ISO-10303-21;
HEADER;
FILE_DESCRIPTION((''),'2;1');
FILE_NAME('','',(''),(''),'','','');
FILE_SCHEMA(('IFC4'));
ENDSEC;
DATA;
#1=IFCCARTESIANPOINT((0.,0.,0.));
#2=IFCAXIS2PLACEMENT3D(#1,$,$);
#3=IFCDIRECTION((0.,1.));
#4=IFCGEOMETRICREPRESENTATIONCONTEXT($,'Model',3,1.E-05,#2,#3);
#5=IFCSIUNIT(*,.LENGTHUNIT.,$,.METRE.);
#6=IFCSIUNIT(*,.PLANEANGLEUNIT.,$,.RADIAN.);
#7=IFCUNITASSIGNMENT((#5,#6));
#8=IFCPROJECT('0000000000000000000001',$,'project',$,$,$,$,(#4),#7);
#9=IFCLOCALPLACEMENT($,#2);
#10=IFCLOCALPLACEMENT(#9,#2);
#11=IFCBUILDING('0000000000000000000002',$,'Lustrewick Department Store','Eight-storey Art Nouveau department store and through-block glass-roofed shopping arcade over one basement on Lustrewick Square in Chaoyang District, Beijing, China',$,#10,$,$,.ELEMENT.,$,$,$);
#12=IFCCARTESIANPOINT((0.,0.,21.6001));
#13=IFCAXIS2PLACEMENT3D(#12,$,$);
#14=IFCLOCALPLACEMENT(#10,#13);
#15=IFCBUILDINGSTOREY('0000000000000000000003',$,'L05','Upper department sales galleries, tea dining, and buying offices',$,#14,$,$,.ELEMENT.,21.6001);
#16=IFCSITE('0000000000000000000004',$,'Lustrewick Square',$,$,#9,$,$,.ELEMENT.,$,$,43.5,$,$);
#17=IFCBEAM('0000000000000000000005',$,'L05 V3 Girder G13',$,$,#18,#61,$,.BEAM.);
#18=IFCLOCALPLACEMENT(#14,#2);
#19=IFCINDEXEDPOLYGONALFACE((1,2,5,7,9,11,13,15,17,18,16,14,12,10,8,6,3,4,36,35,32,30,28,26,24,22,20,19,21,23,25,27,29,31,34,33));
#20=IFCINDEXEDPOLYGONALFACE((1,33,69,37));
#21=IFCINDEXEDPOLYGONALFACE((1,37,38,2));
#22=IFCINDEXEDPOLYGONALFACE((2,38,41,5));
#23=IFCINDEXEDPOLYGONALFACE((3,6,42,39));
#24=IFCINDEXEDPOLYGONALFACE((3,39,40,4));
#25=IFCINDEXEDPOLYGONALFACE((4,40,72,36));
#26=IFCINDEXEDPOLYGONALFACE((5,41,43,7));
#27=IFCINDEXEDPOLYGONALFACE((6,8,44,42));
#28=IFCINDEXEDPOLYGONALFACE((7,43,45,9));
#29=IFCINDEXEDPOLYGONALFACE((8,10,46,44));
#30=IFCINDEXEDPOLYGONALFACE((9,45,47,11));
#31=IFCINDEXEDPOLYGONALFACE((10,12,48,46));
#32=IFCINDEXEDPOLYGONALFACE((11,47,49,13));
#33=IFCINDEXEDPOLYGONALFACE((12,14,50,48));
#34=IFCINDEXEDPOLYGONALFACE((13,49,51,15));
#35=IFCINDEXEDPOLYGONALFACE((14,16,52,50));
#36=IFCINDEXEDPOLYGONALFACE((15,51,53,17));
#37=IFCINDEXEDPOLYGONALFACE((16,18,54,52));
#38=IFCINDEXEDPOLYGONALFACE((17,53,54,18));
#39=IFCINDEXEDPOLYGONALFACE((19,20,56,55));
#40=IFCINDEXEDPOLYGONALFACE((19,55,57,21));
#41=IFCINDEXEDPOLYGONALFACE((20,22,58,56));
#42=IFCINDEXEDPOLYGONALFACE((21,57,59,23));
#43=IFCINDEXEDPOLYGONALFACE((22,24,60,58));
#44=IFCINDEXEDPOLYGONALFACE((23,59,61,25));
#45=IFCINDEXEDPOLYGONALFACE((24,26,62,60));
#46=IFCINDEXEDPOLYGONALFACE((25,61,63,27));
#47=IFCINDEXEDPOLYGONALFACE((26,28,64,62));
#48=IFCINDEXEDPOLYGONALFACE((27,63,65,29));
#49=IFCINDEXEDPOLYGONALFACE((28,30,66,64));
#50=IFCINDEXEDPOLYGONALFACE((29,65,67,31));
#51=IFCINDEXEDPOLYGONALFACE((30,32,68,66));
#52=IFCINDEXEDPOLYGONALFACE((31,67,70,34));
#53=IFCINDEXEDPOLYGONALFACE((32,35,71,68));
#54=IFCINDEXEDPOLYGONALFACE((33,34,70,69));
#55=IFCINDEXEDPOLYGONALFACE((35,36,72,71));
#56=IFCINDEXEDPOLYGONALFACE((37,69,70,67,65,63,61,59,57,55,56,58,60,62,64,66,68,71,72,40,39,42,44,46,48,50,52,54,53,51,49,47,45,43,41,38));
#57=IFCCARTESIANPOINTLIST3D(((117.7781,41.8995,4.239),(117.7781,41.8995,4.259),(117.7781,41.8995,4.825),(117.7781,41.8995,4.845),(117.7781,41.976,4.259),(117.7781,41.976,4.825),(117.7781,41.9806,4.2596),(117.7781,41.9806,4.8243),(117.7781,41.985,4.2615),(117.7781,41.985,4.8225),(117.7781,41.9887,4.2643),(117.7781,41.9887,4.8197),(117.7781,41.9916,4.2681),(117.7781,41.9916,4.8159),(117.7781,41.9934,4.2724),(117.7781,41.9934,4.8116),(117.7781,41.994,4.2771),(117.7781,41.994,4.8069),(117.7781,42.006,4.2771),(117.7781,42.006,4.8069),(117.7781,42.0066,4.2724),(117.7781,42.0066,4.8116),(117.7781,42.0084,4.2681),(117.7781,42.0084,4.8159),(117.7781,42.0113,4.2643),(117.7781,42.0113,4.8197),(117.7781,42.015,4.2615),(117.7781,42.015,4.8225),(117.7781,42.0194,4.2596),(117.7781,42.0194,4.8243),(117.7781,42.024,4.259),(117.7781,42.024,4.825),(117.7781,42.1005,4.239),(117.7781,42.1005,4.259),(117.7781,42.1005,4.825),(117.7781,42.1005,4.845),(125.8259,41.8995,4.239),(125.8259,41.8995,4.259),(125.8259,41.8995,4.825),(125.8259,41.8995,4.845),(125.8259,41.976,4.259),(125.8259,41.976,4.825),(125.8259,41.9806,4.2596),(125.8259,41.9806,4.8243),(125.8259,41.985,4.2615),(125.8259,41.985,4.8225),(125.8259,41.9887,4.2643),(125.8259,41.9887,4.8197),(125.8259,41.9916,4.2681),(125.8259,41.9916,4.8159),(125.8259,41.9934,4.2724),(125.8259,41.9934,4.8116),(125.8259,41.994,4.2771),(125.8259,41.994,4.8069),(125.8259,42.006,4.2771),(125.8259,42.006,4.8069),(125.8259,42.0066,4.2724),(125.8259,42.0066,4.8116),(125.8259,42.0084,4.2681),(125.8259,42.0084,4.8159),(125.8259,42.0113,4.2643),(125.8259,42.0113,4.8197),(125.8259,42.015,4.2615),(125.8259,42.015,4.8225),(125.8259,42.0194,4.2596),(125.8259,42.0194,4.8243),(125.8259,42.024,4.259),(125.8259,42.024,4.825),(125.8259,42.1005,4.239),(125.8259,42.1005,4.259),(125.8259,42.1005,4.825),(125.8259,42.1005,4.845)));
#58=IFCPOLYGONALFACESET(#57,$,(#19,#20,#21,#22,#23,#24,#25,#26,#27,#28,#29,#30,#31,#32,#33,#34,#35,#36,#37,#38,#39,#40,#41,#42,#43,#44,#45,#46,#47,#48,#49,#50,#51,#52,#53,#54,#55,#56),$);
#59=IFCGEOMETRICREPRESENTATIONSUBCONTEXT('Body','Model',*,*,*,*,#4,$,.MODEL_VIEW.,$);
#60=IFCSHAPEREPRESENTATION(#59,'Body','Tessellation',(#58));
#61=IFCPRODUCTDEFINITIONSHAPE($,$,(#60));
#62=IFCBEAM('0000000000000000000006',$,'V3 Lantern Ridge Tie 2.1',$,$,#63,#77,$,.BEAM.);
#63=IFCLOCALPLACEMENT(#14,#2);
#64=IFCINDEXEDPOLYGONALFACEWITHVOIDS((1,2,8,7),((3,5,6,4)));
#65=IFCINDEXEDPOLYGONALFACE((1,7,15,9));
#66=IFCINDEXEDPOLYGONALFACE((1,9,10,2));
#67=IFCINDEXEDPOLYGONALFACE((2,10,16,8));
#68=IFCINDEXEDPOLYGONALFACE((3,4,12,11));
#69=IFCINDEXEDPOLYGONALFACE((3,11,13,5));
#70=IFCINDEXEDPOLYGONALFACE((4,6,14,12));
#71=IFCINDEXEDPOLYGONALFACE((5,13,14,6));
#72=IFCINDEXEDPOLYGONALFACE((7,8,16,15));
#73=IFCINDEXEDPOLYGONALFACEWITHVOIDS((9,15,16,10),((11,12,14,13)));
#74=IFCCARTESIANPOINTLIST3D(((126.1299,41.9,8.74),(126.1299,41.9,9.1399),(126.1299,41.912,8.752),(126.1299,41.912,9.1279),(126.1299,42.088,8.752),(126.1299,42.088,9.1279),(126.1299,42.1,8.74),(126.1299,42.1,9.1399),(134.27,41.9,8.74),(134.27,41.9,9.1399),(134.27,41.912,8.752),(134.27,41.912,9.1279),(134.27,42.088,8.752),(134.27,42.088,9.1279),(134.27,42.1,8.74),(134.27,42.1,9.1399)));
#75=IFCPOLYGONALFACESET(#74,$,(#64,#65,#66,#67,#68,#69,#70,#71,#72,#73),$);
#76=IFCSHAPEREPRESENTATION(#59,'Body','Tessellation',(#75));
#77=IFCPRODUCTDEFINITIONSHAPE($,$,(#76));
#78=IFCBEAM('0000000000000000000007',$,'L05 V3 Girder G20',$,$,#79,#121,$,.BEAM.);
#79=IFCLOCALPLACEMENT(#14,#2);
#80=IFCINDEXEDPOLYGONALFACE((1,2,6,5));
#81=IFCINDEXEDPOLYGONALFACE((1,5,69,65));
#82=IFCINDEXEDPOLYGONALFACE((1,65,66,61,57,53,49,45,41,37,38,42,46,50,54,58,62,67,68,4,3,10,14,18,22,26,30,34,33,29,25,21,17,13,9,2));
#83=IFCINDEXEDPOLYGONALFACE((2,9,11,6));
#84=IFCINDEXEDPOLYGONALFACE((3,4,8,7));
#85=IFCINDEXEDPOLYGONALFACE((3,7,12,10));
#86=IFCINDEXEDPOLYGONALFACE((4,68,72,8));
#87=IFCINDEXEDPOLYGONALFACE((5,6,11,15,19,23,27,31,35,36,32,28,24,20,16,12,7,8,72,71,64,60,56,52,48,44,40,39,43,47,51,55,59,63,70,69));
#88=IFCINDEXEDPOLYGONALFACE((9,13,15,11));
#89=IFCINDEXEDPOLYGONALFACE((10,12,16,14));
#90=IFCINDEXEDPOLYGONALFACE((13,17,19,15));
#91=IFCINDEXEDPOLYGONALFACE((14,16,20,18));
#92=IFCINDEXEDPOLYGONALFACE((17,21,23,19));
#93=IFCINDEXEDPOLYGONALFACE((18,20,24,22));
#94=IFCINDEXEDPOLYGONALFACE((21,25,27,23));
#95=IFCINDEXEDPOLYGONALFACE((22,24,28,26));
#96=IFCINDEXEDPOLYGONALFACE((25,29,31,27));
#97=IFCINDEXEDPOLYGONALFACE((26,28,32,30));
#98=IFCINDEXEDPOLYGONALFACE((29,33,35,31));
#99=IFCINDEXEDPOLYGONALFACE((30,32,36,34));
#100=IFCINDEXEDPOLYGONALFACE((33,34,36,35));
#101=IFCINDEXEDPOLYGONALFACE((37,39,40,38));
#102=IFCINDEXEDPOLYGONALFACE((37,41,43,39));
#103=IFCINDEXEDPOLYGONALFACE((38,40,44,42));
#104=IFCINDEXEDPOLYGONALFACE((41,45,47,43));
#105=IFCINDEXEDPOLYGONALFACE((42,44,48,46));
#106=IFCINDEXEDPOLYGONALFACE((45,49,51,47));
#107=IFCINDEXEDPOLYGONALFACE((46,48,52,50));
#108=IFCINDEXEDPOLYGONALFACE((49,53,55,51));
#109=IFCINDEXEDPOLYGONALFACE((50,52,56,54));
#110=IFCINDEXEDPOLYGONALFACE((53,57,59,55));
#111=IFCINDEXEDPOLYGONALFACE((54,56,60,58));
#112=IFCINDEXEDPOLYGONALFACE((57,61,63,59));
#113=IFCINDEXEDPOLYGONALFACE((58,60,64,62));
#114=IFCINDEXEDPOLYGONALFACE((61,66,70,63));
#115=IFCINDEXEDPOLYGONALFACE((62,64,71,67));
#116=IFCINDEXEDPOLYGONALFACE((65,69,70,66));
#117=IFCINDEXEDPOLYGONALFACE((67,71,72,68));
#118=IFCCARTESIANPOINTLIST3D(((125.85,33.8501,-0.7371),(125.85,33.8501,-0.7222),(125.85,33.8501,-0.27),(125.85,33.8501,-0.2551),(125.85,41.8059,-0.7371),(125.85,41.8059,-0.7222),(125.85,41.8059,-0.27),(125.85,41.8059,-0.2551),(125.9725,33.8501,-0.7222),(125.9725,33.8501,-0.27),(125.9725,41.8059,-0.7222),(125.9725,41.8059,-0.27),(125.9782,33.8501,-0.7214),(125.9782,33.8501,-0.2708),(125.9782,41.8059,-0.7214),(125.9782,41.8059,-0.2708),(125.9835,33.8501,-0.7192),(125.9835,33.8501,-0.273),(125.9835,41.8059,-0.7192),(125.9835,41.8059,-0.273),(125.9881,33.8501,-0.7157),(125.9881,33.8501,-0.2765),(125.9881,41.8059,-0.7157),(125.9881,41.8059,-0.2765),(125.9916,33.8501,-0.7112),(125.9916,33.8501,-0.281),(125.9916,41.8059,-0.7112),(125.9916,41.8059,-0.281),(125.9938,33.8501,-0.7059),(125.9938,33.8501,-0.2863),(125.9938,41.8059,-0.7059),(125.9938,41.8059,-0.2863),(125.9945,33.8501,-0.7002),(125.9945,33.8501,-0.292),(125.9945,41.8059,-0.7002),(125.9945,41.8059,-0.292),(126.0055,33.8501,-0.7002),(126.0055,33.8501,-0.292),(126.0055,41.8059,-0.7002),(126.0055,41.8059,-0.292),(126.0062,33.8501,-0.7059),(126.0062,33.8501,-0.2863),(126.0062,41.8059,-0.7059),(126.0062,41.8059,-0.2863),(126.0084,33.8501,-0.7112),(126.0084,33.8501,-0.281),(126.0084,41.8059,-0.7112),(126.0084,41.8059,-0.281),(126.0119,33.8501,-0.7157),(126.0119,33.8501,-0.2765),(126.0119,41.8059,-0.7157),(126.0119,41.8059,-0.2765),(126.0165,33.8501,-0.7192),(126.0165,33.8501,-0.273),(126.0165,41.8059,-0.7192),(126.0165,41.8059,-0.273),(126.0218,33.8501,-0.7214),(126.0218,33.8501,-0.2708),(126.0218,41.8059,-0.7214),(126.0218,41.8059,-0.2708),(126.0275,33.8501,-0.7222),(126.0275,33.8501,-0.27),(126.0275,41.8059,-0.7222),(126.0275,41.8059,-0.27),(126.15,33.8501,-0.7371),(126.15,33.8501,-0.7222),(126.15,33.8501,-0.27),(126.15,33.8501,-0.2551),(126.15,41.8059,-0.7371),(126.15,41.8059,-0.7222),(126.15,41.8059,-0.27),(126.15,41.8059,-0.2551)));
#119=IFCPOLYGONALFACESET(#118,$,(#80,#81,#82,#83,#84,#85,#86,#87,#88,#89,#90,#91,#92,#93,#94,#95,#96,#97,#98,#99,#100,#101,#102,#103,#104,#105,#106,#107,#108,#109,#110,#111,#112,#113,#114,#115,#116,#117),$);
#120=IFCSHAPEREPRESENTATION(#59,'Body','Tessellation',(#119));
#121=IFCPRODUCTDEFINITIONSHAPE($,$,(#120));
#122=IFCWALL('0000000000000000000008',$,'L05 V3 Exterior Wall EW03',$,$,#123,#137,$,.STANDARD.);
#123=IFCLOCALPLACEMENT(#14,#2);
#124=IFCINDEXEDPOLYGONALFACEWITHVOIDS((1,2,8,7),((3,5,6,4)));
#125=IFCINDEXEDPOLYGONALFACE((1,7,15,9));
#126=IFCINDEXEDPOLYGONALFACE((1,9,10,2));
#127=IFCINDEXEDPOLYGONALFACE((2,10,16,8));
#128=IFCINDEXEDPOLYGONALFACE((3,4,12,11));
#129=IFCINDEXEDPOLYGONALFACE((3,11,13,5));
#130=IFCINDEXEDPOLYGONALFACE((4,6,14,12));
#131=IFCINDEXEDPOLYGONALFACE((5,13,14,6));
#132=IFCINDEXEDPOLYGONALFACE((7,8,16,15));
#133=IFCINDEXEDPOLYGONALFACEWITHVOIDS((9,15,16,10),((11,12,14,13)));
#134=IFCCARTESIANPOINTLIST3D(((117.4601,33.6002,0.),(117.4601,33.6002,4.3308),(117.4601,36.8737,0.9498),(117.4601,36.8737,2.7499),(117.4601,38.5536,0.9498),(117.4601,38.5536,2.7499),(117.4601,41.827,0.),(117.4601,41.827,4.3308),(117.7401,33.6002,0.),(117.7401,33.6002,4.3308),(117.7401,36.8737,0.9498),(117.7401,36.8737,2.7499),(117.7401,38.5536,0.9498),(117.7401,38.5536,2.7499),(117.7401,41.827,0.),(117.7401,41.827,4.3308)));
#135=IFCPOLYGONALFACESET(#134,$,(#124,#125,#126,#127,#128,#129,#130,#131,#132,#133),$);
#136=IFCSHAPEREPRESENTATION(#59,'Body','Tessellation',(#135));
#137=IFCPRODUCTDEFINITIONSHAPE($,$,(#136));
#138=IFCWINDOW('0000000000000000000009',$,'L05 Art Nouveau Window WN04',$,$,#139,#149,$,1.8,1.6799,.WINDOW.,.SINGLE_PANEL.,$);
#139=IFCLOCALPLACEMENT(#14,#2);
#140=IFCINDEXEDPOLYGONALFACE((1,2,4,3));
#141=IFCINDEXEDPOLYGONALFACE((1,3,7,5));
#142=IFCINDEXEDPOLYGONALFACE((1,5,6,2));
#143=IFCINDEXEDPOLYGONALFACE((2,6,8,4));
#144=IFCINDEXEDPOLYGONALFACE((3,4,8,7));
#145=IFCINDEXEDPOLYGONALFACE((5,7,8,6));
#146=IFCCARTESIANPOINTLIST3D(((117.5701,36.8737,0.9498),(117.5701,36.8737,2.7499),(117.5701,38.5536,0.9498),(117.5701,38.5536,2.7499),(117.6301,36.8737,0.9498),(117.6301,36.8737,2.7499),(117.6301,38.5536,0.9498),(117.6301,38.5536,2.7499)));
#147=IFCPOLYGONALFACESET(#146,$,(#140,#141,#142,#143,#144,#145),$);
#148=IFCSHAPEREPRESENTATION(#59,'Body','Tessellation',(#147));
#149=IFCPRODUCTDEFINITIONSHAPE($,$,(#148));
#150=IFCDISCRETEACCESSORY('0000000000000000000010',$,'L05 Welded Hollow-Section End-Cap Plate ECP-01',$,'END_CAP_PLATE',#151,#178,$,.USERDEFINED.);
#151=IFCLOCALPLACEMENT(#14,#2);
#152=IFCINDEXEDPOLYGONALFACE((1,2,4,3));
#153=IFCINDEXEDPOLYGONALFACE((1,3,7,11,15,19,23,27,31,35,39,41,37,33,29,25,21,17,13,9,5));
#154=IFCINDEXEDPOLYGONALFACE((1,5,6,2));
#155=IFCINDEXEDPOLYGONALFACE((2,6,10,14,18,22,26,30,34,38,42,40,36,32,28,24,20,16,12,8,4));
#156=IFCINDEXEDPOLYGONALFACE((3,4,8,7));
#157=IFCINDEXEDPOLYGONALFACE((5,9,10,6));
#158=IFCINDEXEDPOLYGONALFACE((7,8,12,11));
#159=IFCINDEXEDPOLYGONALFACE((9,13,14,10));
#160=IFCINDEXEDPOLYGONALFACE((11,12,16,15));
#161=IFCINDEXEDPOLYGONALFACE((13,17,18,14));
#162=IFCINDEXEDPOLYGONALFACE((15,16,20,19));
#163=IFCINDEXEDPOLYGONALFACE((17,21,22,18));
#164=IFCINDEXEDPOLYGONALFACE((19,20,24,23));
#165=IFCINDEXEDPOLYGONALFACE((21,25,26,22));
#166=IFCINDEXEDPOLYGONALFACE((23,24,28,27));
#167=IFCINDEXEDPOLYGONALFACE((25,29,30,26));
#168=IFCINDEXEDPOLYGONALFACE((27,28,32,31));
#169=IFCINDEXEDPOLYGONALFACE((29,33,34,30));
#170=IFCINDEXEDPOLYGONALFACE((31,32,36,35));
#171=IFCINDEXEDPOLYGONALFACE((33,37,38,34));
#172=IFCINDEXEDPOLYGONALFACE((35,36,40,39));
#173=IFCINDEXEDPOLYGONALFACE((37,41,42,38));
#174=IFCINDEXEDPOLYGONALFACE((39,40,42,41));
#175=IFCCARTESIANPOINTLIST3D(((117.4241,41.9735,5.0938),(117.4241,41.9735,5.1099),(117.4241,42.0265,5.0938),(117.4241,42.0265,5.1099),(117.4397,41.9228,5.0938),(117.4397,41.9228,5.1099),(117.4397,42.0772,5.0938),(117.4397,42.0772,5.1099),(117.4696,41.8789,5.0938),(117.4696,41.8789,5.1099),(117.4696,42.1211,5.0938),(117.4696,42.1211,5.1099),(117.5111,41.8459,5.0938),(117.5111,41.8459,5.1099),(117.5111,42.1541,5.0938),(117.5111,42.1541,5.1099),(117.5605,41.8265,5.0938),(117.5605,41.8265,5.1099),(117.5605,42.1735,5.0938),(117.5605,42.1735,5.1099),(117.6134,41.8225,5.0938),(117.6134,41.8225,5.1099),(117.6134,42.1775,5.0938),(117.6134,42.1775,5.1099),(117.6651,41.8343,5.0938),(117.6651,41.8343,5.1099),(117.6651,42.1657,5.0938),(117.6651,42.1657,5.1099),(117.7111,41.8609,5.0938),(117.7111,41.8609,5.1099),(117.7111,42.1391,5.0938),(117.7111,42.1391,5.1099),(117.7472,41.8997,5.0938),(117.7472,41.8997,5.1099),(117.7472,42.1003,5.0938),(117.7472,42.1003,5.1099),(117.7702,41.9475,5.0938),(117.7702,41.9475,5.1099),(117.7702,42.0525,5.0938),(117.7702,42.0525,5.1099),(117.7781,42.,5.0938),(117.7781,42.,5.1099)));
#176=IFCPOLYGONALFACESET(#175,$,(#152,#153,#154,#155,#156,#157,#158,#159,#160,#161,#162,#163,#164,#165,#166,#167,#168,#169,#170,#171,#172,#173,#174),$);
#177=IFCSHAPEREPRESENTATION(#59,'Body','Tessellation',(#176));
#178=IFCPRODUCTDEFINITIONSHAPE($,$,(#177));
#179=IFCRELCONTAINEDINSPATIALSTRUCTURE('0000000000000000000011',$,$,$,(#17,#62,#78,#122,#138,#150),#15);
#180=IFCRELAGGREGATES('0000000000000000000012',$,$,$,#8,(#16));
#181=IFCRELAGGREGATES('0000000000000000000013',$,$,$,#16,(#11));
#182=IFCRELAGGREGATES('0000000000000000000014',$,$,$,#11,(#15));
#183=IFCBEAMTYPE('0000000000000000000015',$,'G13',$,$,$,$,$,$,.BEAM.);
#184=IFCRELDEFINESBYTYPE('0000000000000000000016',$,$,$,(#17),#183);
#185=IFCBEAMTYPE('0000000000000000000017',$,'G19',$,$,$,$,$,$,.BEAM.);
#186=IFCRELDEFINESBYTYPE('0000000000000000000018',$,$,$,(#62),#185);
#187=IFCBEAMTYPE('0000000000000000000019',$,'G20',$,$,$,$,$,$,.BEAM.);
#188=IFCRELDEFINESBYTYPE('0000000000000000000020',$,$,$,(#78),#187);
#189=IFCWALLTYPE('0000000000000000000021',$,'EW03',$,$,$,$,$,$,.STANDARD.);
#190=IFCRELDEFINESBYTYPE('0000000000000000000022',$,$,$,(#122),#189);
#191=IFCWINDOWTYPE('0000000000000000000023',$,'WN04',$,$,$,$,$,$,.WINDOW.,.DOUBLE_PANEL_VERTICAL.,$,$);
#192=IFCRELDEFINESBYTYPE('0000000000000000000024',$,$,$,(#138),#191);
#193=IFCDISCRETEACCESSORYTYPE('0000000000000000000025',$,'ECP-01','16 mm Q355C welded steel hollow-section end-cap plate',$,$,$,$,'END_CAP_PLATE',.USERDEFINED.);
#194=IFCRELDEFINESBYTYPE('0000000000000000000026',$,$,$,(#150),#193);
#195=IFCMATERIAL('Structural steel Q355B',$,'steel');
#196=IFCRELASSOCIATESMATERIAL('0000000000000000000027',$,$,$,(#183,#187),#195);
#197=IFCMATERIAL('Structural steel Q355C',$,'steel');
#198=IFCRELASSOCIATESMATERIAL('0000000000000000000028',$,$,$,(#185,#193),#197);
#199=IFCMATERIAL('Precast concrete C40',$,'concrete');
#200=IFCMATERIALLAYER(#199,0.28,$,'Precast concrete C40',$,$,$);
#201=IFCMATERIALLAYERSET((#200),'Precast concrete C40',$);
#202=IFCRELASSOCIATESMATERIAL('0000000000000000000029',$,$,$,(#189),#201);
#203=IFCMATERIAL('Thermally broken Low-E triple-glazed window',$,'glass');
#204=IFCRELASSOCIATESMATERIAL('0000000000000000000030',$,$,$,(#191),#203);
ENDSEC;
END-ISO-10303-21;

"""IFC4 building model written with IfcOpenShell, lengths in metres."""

from ifc_helpers import new_model, si_unit, direction, frame, frame_2d, origin, origin_2d, place, context, subcontext, project, spatial, rectangle, hollow_rectangle, circle, i_section, extrude, material, layer, layer_set, material_profile, profile_set, type_object, element, fill, save


model = new_model("IFC4")

# Units and contexts
model_context = context("Model", 3, precision=1e-05, world=origin(), true_north=direction((0.0, 1.0)))
body_context = subcontext(model_context, "Body", "Model", "MODEL_VIEW")
ifc_project = project(units=[si_unit("LENGTHUNIT", "METRE"), si_unit("PLANEANGLEUNIT", "RADIAN")], contexts=[model_context])

# Site, building, storey
site_placement = place(None, origin())
site = spatial("IfcSite", under=ifc_project, at=site_placement, Name="Lustrewick Square", CompositionType="ELEMENT", RefElevation=43.5)
building_placement = place(site_placement, origin())
building = spatial("IfcBuilding", under=site, at=building_placement, Name="Lustrewick Department Store", Description="Eight-storey Art Nouveau department store and through-block glass-roofed shopping arcade over one basement on Lustrewick Square in Chaoyang District, Beijing, China", CompositionType="ELEMENT")
storey_placement = place(building_placement, frame((0.0, 0.0, 21.6001)))
storey = spatial("IfcBuildingStorey", under=building, at=storey_placement, Name="L05", Description="Upper department sales galleries, tea dining, and buying offices", CompositionType="ELEMENT", Elevation=21.6001)

# Shared definitions
ifc_material_1 = material(Name="Structural steel Q355B", Category="steel")

# Beams
ifc_material_2 = material(Name="Structural steel Q355C", Category="steel")
ifc_material_profile_1 = material_profile(ifc_material_1, i_section(OverallWidth=0.2009, OverallDepth=0.606, WebThickness=0.012, FlangeThickness=0.02, FilletRadius=0.0181, at=origin_2d()), Name="HN 606x201x12x20")
ifc_profile_set_1 = profile_set([ifc_material_profile_1], Name="Structural steel Q355B")
beam_type_1 = type_object("IfcBeamType", Name="G13", PredefinedType="BEAM", material=ifc_profile_set_1)
beam_1_placement = place(storey_placement, frame((117.7781, 42.0, 4.542), z_axis=(1.0, 0.0, 0.0), x_axis=(0.0, 1.0, 0.0)))
element("IfcBeam", 1, at=beam_1_placement, inside=storey, type_object=beam_type_1, Name="L05 V3 Girder G13", PredefinedType="BEAM", context=body_context, shape_type="SweptSolid", body=[
    extrude(i_section(OverallWidth=0.2009, OverallDepth=0.606, WebThickness=0.012, FlangeThickness=0.02, FilletRadius=0.0181, at=origin_2d()), origin(), (0.0, 0.0, 1.0), 8.0479),
])
ifc_material_profile_2 = material_profile(ifc_material_2, hollow_rectangle(XDim=0.2, YDim=0.3999, WallThickness=0.012, at=origin_2d()), Name="RHS 400x200x12")
ifc_profile_set_2 = profile_set([ifc_material_profile_2], Name="Structural steel Q355C")
beam_type_2 = type_object("IfcBeamType", Name="G19", PredefinedType="BEAM", material=ifc_profile_set_2)
beam_2_placement = place(storey_placement, frame((126.1299, 42.0, 8.9399), z_axis=(1.0, 0.0, 0.0), x_axis=(0.0, 1.0, 0.0)))
element("IfcBeam", 2, at=beam_2_placement, inside=storey, type_object=beam_type_2, Name="V3 Lantern Ridge Tie 2.1", PredefinedType="BEAM", context=body_context, shape_type="SweptSolid", body=[
    extrude(hollow_rectangle(XDim=0.2, YDim=0.3999, WallThickness=0.012, at=origin_2d()), origin(), (0.0, 0.0, 1.0), 8.1401),
])
ifc_material_profile_3 = material_profile(ifc_material_1, i_section(OverallWidth=0.3, OverallDepth=0.4819, WebThickness=0.011, FlangeThickness=0.0149, FilletRadius=0.022, at=origin_2d()), Name="HM 482x300x11x15")
ifc_profile_set_3 = profile_set([ifc_material_profile_3], Name="Structural steel Q355B")
beam_type_3 = type_object("IfcBeamType", Name="G20", PredefinedType="BEAM", material=ifc_profile_set_3)
beam_3_placement = place(storey_placement, frame((126.0, 33.8501, -0.4961), z_axis=(0.0, 1.0, 0.0), x_axis=(-1.0, 0.0, 0.0)))
element("IfcBeam", 3, at=beam_3_placement, inside=storey, type_object=beam_type_3, Name="L05 V3 Girder G20", PredefinedType="BEAM", context=body_context, shape_type="SweptSolid", body=[
    extrude(i_section(OverallWidth=0.3, OverallDepth=0.4819, WebThickness=0.011, FlangeThickness=0.0149, FilletRadius=0.022, at=origin_2d()), origin(), (0.0, 0.0, 1.0), 7.9558),
])

# Wall, opening, window
ifc_material_3 = material(Name="Precast concrete C40", Category="concrete")
ifc_layer = layer(ifc_material_3, 0.28, Name="Precast concrete C40")
ifc_layer_set = layer_set([ifc_layer], Name="Precast concrete C40")
wall_type = type_object("IfcWallType", Name="EW03", PredefinedType="STANDARD", material=ifc_layer_set)
wall_placement = place(storey_placement, frame((117.6001, 41.8269, 0.0), z_axis=(0.0, 0.0, 1.0), x_axis=(0.0, -1.0, 0.0)))
wall = element("IfcWall", 4, at=wall_placement, inside=storey, type_object=wall_type, Name="L05 V3 Exterior Wall EW03", PredefinedType="STANDARD", context=body_context, shape_type="SweptSolid", body=[
    extrude(rectangle(XDim=8.2268, YDim=0.28, at=frame_2d((4.1133, 0.0))), origin(), (0.0, 0.0, 1.0), 4.3308),
])
opening_placement = place(wall_placement, frame((3.2734, 0.0, 0.95)))
opening = element("IfcOpeningElement", 5, at=opening_placement, cuts=wall, PredefinedType="OPENING", context=body_context, shape_type="SweptSolid", body=[
    extrude(rectangle(XDim=1.6799, YDim=1.8, at=frame_2d((0.8398, 0.8999))), frame((0.0, 0.1499, 0.0), z_axis=(0.0, -1.0, 0.0), x_axis=(1.0, 0.0, 0.0)), (0.0, 0.0, 1.0), 0.3),
])
ifc_material_4 = material(Name="Thermally broken Low-E triple-glazed window", Category="glass")
window_type = type_object("IfcWindowType", Name="WN04", PartitioningType="DOUBLE_PANEL_VERTICAL", PredefinedType="WINDOW", material=ifc_material_4)
window_placement = place(opening_placement, origin())
window = element("IfcWindow", 6, at=window_placement, inside=storey, type_object=window_type, Name="L05 Art Nouveau Window WN04", OverallHeight=1.8, OverallWidth=1.6799, PartitioningType="SINGLE_PANEL", PredefinedType="WINDOW", context=body_context, shape_type="SweptSolid", body=[
    extrude(rectangle(XDim=1.6799, YDim=1.8, at=frame_2d((0.8398, 0.8999))), frame((0.0, 0.03, 0.0), z_axis=(0.0, -1.0, 0.0), x_axis=(1.0, 0.0, 0.0)), (0.0, 0.0, 1.0), 0.0601),
])
fill(opening, window)

# Discrete accessory
discrete_accessory_type = type_object("IfcDiscreteAccessoryType", Name="ECP-01", Description="16 mm Q355C welded steel hollow-section end-cap plate", ElementType="END_CAP_PLATE", PredefinedType="USERDEFINED", material=ifc_material_2)
discrete_accessory_1_placement = place(storey_placement, frame((117.6001, 42.0, 5.0938), z_axis=(0.0, 0.0, 1.0), x_axis=(1.0, 0.0, 0.0)))
element("IfcDiscreteAccessory", 7, at=discrete_accessory_1_placement, inside=storey, type_object=discrete_accessory_type, Name="L05 Welded Hollow-Section End-Cap Plate ECP-01", ObjectType="END_CAP_PLATE", PredefinedType="USERDEFINED", context=body_context, shape_type="SweptSolid", body=[
    extrude(circle(Radius=0.178, at=origin_2d()), origin(), (0.0, 0.0, 1.0), 0.0161),
])

save(model, "model.ifc")
